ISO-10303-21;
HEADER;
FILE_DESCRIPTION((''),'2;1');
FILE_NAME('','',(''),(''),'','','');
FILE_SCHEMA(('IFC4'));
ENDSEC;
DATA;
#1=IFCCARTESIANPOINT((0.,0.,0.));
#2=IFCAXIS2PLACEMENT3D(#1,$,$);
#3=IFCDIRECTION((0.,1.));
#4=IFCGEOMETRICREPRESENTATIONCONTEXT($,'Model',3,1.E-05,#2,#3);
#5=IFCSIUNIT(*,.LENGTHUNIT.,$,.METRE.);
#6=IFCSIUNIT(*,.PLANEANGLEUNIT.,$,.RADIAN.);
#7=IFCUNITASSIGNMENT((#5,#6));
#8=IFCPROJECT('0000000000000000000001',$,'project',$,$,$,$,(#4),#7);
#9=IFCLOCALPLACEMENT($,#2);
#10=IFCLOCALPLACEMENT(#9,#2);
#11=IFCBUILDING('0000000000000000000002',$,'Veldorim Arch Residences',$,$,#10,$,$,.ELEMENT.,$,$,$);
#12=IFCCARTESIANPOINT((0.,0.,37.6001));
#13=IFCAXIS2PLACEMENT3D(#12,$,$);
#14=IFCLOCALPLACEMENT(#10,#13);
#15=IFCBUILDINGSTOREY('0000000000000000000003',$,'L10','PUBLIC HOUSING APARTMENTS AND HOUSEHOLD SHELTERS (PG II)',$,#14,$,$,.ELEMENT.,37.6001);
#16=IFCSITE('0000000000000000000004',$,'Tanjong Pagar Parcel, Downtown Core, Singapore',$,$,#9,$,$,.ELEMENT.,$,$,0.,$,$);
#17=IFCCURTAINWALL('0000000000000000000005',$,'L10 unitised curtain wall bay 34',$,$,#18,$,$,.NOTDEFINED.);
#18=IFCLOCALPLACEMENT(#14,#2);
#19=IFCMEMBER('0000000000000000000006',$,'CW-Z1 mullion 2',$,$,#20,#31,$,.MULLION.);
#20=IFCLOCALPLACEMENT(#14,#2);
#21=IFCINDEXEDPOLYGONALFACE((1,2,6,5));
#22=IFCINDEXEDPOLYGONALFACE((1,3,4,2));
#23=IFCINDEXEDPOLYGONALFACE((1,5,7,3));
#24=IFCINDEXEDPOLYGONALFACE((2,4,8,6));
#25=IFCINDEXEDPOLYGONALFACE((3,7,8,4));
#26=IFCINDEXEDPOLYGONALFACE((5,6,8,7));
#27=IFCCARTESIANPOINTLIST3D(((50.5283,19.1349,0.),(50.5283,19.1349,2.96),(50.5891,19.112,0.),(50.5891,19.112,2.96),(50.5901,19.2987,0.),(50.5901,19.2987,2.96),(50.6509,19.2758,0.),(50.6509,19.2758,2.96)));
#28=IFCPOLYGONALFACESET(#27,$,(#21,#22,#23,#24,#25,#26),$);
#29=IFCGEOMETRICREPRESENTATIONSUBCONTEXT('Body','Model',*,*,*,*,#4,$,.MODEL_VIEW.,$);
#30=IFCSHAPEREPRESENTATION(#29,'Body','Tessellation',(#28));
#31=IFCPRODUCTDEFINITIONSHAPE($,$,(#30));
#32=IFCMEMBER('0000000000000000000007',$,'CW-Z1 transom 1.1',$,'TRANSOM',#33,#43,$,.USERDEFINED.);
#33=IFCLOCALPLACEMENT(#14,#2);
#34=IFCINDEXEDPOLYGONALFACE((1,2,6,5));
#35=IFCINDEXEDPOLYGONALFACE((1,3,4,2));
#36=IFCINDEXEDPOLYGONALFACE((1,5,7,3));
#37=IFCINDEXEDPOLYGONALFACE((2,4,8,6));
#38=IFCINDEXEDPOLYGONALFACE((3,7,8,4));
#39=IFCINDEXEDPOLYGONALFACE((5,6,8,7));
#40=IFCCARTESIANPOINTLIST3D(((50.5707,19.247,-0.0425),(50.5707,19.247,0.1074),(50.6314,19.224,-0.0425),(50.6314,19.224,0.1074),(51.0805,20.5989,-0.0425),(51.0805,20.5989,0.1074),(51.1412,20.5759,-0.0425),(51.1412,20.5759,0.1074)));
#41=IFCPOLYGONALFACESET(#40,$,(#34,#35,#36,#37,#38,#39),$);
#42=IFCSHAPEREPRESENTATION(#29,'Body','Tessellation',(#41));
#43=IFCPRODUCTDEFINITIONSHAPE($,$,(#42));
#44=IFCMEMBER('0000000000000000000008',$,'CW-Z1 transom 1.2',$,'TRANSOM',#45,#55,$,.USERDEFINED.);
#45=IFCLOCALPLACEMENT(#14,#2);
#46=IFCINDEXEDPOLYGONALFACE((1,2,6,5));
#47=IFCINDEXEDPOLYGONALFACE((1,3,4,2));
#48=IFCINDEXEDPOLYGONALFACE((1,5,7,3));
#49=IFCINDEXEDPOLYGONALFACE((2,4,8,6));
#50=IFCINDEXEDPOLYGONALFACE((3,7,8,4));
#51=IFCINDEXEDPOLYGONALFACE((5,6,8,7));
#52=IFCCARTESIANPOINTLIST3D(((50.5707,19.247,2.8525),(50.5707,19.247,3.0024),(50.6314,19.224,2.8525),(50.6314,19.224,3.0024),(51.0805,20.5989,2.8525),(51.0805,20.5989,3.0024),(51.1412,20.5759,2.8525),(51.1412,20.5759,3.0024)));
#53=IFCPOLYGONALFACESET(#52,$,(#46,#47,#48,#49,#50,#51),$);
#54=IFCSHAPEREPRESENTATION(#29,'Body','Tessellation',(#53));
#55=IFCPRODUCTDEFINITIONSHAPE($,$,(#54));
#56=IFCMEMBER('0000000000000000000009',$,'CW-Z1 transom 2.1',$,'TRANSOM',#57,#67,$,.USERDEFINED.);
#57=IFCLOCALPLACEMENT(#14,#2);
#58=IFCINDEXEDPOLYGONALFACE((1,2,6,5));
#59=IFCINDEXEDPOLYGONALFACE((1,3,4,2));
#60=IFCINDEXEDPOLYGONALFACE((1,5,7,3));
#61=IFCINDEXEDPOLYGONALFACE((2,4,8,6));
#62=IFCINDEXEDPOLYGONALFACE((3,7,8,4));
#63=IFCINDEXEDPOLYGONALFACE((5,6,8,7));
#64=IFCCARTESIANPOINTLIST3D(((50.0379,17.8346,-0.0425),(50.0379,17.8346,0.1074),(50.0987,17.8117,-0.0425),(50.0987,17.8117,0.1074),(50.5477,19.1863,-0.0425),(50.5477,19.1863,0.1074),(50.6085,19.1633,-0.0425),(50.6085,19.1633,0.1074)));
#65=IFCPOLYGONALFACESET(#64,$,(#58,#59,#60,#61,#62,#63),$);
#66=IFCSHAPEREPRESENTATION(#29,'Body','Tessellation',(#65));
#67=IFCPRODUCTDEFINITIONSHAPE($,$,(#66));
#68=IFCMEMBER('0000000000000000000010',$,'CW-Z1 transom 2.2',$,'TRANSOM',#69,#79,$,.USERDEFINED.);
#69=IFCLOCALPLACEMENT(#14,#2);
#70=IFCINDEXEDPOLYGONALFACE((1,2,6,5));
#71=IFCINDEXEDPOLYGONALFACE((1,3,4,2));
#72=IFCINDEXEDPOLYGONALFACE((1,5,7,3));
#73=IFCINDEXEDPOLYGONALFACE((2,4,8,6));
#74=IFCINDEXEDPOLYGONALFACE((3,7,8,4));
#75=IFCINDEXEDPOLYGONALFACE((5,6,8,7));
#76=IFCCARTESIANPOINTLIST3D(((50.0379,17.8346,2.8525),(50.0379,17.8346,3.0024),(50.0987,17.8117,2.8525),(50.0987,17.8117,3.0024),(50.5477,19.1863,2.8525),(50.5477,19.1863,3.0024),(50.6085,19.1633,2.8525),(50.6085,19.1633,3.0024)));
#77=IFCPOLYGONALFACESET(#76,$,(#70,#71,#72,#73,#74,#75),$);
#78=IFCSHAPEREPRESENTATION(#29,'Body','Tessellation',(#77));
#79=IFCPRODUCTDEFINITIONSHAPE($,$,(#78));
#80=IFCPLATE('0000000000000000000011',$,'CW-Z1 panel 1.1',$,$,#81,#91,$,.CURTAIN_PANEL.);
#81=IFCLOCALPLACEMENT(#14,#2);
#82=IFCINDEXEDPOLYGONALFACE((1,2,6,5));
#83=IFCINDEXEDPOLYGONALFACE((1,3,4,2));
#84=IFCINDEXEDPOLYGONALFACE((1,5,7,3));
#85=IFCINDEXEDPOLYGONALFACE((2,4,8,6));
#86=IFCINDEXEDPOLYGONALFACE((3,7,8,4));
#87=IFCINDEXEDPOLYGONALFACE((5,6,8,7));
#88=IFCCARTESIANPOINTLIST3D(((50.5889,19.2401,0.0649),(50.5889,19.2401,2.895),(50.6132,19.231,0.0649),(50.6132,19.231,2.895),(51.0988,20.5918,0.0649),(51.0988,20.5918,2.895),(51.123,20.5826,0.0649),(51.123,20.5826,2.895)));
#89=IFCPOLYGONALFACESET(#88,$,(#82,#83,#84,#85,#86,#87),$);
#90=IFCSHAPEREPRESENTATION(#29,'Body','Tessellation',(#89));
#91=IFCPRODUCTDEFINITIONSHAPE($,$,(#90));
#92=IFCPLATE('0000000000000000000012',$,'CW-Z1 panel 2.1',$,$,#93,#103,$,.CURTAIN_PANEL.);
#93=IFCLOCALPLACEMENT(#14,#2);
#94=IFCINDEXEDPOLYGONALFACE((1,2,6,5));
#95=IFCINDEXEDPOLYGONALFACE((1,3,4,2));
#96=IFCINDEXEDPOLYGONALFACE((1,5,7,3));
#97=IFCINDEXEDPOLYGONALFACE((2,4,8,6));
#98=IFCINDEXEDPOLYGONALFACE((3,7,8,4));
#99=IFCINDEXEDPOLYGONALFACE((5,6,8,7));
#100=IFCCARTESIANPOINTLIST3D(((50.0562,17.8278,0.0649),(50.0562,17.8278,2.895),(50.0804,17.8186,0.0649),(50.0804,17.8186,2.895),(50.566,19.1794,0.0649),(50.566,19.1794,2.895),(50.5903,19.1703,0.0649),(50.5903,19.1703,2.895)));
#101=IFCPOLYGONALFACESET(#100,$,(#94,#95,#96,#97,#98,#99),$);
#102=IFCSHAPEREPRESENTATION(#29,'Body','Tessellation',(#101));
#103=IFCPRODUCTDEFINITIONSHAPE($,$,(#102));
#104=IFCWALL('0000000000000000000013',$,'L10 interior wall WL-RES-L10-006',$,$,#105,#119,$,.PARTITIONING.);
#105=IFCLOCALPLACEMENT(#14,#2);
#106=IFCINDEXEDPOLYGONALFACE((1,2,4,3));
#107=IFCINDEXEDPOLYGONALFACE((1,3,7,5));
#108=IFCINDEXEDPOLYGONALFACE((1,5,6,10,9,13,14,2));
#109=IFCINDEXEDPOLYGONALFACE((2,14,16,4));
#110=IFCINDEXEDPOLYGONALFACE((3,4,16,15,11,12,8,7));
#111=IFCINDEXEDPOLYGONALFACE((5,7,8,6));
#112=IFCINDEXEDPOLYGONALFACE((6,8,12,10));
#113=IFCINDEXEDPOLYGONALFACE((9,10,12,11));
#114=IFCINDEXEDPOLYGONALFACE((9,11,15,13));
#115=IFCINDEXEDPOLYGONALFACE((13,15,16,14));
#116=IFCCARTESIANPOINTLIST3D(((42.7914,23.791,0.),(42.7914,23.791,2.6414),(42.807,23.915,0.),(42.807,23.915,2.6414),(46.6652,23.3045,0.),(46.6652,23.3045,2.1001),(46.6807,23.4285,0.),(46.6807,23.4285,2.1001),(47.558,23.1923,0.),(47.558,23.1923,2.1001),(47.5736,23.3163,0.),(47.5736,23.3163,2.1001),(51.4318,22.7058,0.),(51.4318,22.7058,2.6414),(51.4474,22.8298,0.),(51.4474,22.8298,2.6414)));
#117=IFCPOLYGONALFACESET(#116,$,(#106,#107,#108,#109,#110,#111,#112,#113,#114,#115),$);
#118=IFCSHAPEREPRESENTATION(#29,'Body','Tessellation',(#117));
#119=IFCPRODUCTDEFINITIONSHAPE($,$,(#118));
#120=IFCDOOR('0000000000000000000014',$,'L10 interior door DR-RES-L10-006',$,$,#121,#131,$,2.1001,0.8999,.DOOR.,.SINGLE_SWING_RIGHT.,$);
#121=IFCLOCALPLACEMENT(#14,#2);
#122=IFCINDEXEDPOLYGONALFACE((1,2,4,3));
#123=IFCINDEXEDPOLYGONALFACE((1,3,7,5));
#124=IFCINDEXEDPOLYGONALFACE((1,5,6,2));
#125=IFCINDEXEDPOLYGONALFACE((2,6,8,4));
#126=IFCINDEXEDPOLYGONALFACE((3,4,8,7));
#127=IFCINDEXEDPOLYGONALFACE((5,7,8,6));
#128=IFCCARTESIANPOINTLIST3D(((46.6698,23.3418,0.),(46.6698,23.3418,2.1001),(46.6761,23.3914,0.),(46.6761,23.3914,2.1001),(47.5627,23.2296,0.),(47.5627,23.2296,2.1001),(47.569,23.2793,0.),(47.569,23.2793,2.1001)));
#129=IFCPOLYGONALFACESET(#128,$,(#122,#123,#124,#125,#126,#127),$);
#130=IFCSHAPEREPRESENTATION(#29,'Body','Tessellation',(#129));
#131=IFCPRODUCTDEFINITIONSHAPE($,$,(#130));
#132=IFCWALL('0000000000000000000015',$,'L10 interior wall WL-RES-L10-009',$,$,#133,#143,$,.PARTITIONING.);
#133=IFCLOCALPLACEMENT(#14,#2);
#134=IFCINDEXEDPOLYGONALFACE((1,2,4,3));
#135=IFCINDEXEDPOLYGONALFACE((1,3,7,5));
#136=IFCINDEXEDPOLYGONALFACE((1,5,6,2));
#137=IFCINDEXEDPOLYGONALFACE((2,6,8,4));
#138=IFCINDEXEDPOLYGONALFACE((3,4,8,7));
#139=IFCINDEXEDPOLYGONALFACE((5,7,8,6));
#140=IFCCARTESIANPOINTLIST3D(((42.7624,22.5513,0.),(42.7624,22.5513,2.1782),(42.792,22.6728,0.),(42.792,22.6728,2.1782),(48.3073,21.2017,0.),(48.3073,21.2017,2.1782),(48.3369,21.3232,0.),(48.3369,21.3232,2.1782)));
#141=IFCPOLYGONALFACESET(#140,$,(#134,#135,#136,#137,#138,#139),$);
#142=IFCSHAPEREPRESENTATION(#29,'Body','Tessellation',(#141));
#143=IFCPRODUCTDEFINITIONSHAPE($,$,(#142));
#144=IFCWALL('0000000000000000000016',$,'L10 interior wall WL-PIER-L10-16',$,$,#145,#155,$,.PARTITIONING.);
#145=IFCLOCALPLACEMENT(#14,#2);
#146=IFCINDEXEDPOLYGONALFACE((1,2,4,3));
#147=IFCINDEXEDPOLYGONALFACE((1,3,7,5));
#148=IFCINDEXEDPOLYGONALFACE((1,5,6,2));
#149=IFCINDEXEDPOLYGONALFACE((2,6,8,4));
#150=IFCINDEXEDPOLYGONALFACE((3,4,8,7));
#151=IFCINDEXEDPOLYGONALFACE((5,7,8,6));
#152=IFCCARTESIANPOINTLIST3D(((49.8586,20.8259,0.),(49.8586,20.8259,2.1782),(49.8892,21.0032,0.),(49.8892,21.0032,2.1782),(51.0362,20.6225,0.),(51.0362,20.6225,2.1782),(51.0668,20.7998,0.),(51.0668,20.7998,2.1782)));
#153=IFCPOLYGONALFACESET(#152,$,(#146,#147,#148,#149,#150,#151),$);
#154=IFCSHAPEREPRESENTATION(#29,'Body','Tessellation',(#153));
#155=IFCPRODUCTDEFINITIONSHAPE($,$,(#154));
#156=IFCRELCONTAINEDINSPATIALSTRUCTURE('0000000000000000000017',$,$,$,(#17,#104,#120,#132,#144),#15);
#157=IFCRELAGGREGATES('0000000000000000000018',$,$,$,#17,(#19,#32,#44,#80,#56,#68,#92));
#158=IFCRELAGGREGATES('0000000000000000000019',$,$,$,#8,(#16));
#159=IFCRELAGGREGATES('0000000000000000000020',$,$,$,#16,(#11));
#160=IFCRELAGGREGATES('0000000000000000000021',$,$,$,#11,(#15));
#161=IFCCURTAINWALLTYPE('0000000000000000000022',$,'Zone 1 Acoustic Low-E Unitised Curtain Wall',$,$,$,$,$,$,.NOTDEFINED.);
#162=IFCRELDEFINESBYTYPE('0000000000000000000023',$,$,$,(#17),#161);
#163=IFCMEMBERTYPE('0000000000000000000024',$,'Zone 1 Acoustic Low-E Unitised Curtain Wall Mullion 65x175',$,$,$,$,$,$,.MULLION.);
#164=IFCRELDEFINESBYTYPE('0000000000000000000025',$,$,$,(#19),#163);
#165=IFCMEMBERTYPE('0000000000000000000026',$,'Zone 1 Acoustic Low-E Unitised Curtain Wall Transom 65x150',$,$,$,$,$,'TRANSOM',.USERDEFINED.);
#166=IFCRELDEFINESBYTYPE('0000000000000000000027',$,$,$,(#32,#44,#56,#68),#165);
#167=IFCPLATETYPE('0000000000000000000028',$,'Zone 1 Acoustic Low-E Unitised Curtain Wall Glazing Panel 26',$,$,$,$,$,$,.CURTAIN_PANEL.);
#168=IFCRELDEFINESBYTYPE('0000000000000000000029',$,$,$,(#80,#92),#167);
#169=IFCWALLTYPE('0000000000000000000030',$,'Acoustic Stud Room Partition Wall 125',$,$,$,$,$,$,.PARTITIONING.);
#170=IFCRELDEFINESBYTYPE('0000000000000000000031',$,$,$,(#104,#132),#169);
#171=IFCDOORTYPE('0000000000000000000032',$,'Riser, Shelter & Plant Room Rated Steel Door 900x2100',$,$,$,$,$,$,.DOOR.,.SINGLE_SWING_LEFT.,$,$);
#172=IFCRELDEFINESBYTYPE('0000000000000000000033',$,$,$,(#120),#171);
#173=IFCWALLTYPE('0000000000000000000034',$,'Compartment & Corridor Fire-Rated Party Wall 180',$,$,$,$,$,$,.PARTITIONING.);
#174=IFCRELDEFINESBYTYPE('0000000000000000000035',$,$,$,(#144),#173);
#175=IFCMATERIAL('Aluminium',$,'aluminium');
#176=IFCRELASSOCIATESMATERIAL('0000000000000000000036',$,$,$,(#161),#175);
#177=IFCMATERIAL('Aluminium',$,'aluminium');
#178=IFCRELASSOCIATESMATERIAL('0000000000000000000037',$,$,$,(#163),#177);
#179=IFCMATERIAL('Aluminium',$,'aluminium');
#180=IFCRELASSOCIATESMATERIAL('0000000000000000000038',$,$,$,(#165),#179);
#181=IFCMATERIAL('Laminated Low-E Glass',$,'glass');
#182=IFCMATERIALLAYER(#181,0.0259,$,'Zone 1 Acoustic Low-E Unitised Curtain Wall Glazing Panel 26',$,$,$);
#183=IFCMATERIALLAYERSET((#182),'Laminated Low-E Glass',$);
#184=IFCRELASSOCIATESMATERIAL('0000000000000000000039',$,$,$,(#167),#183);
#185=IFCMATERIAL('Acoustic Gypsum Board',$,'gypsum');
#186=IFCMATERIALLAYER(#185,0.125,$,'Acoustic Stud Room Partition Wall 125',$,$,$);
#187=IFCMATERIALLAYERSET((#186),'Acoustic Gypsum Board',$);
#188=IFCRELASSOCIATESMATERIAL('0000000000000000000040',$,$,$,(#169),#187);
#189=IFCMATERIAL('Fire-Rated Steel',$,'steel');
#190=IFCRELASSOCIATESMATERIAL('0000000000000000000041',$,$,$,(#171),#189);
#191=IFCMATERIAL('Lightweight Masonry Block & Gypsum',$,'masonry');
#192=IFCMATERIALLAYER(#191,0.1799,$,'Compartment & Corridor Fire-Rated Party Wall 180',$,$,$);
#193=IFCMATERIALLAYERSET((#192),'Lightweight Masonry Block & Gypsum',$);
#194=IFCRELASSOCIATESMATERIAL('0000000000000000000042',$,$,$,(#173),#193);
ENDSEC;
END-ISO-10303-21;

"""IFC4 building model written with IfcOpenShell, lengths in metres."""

from ifc_helpers import new_model, si_unit, direction, frame, frame_2d, origin, origin_2d, place, context, subcontext, project, spatial, rectangle, extrude, material, layer, layer_set, material_profile, profile_set, type_object, element, fill, aggregate, save


model = new_model("IFC4")

# Units and contexts
model_context = context("Model", 3, precision=1e-05, world=origin(), true_north=direction((0.0, 1.0)))
body_context = subcontext(model_context, "Body", "Model", "MODEL_VIEW")
ifc_project = project(units=[si_unit("LENGTHUNIT", "METRE"), si_unit("PLANEANGLEUNIT", "RADIAN")], contexts=[model_context])

# Site, building, storey
site_placement = place(None, origin())
site = spatial("IfcSite", under=ifc_project, at=site_placement, Name="Tanjong Pagar Parcel, Downtown Core, Singapore", CompositionType="ELEMENT", RefElevation=0.0)
building_placement = place(site_placement, origin())
building = spatial("IfcBuilding", under=site, at=building_placement, Name="Veldorim Arch Residences", CompositionType="ELEMENT")
storey_placement = place(building_placement, frame((0.0, 0.0, 37.6001)))
storey = spatial("IfcBuildingStorey", under=building, at=storey_placement, Name="L10", Description="PUBLIC HOUSING APARTMENTS AND HOUSEHOLD SHELTERS (PG II)", CompositionType="ELEMENT", Elevation=37.6001)

# Curtain wall, members, plates
ifc_material_1 = material(Name="Aluminium", Category="aluminium")
curtain_wall_type = type_object("IfcCurtainWallType", Name="Zone 1 Acoustic Low-E Unitised Curtain Wall", PredefinedType="NOTDEFINED", material=ifc_material_1)
curtain_wall_placement = place(storey_placement, origin())
curtain_wall = element("IfcCurtainWall", 1, at=curtain_wall_placement, inside=storey, type_object=curtain_wall_type, Name="L10 unitised curtain wall bay 34", PredefinedType="NOTDEFINED")
ifc_material_2 = material(Name="Aluminium", Category="aluminium")
ifc_material_profile_1 = material_profile(ifc_material_2, rectangle(XDim=0.0649, YDim=0.175, at=origin_2d()), Name="ALU_MUL_65x175")
ifc_profile_set_1 = profile_set([ifc_material_profile_1], Name="Aluminium")
member_type_1 = type_object("IfcMemberType", Name="Zone 1 Acoustic Low-E Unitised Curtain Wall Mullion 65x175", PredefinedType="MULLION", material=ifc_profile_set_1)
member_1_placement = place(storey_placement, frame((50.5896, 19.2053, 0.0), z_axis=(0.0, 0.0, 1.0), x_axis=(0.935656, -0.352914, 0.0)))
member_1 = element("IfcMember", 2, at=member_1_placement, type_object=member_type_1, Name="CW-Z1 mullion 2", PredefinedType="MULLION", context=body_context, shape_type="SweptSolid", body=[
    extrude(rectangle(XDim=0.0649, YDim=0.175, at=origin_2d()), origin(), (0.0, 0.0, 1.0), 2.96),
])
ifc_material_3 = material(Name="Aluminium", Category="aluminium")
ifc_material_profile_2 = material_profile(ifc_material_3, rectangle(XDim=0.0649, YDim=0.1499, at=origin_2d()), Name="ALU_TRN_65x150")
ifc_profile_set_2 = profile_set([ifc_material_profile_2], Name="Aluminium")
member_type_2 = type_object("IfcMemberType", Name="Zone 1 Acoustic Low-E Unitised Curtain Wall Transom 65x150", ElementType="TRANSOM", PredefinedType="USERDEFINED", material=ifc_profile_set_2)
member_2_placement = place(storey_placement, frame((51.1108, 20.5874, 0.0325), z_axis=(-0.352845, -0.935682, 0.0), x_axis=(0.935682, -0.352845, 0.0)))
member_2 = element("IfcMember", 3, at=member_2_placement, type_object=member_type_2, Name="CW-Z1 transom 1.1", ObjectType="TRANSOM", PredefinedType="USERDEFINED", context=body_context, shape_type="SweptSolid", body=[
    extrude(rectangle(XDim=0.0649, YDim=0.1499, at=origin_2d()), origin(), (0.0, 0.0, 1.0), 1.4448),
])
member_3_placement = place(storey_placement, frame((51.1108, 20.5874, 2.9275), z_axis=(-0.352845, -0.935682, 0.0), x_axis=(0.935682, -0.352845, 0.0)))
member_3 = element("IfcMember", 4, at=member_3_placement, type_object=member_type_2, Name="CW-Z1 transom 1.2", ObjectType="TRANSOM", PredefinedType="USERDEFINED", context=body_context, shape_type="SweptSolid", body=[
    extrude(rectangle(XDim=0.0649, YDim=0.1499, at=origin_2d()), origin(), (0.0, 0.0, 1.0), 1.4448),
])
member_4_placement = place(storey_placement, frame((50.5781, 19.1748, 0.0325), z_axis=(-0.352901, -0.935661, 0.0), x_axis=(0.935661, -0.352901, 0.0)))
member_4 = element("IfcMember", 5, at=member_4_placement, type_object=member_type_2, Name="CW-Z1 transom 2.1", ObjectType="TRANSOM", PredefinedType="USERDEFINED", context=body_context, shape_type="SweptSolid", body=[
    extrude(rectangle(XDim=0.0649, YDim=0.1499, at=origin_2d()), origin(), (0.0, 0.0, 1.0), 1.4446),
])
member_5_placement = place(storey_placement, frame((50.5781, 19.1748, 2.9275), z_axis=(-0.352901, -0.935661, 0.0), x_axis=(0.935661, -0.352901, 0.0)))
member_5 = element("IfcMember", 6, at=member_5_placement, type_object=member_type_2, Name="CW-Z1 transom 2.2", ObjectType="TRANSOM", PredefinedType="USERDEFINED", context=body_context, shape_type="SweptSolid", body=[
    extrude(rectangle(XDim=0.0649, YDim=0.1499, at=origin_2d()), origin(), (0.0, 0.0, 1.0), 1.4446),
])
ifc_material_4 = material(Name="Laminated Low-E Glass", Category="glass")
ifc_layer_1 = layer(ifc_material_4, 0.0259, Name="Zone 1 Acoustic Low-E Unitised Curtain Wall Glazing Panel 26")
ifc_layer_set_1 = layer_set([ifc_layer_1], Name="Laminated Low-E Glass")
plate_type = type_object("IfcPlateType", Name="Zone 1 Acoustic Low-E Unitised Curtain Wall Glazing Panel 26", PredefinedType="CURTAIN_PANEL", material=ifc_layer_set_1)
plate_1_placement = place(storey_placement, frame((50.856, 19.9114, 0.0649), z_axis=(0.0, 0.0, 1.0), x_axis=(-0.352914, -0.935656, 0.0)))
plate_1 = element("IfcPlate", 7, at=plate_1_placement, type_object=plate_type, Name="CW-Z1 panel 1.1", PredefinedType="CURTAIN_PANEL", context=body_context, shape_type="SweptSolid", body=[
    extrude(rectangle(XDim=1.4446, YDim=0.0259, at=origin_2d()), origin(), (0.0, 0.0, 1.0), 2.8301),
])
plate_2_placement = place(storey_placement, frame((50.3232, 18.499, 0.0649), z_axis=(0.0, 0.0, 1.0), x_axis=(-0.352914, -0.935656, 0.0)))
plate_2 = element("IfcPlate", 8, at=plate_2_placement, type_object=plate_type, Name="CW-Z1 panel 2.1", PredefinedType="CURTAIN_PANEL", context=body_context, shape_type="SweptSolid", body=[
    extrude(rectangle(XDim=1.4446, YDim=0.0259, at=origin_2d()), origin(), (0.0, 0.0, 1.0), 2.8301),
])
aggregate(curtain_wall, [member_1, member_2, member_3, plate_1, member_4, member_5, plate_2])

# Wall, opening, door
ifc_material_5 = material(Name="Acoustic Gypsum Board", Category="gypsum")
ifc_layer_2 = layer(ifc_material_5, 0.125, Name="Acoustic Stud Room Partition Wall 125")
ifc_layer_set_2 = layer_set([ifc_layer_2], Name="Acoustic Gypsum Board")
wall_type_1 = type_object("IfcWallType", Name="Acoustic Stud Room Partition Wall 125", PredefinedType="PARTITIONING", material=ifc_layer_set_2)
wall_1_placement = place(storey_placement, frame((51.4395, 22.7678, 0.0), z_axis=(0.0, 0.0, 1.0), x_axis=(-0.992205, 0.124618, 0.0)))
wall_1 = element("IfcWall", 9, at=wall_1_placement, inside=storey, type_object=wall_type_1, Name="L10 interior wall WL-RES-L10-006", PredefinedType="PARTITIONING", context=body_context, shape_type="SweptSolid", body=[
    extrude(rectangle(XDim=8.7083, YDim=0.125, at=frame_2d((4.354, 0.0))), origin(), (0.0, 0.0, 1.0), 2.6414),
])
opening_1_placement = place(wall_1_placement, frame((3.9041, 0.0, 0.0)))
opening_1 = element("IfcOpeningElement", 10, at=opening_1_placement, cuts=wall_1, PredefinedType="OPENING", context=body_context, shape_type="SweptSolid", body=[
    extrude(rectangle(XDim=0.8999, YDim=2.1001, at=frame_2d((0.45, 1.05))), frame((0.0, 0.0725, 0.0), z_axis=(0.0, -1.0, 0.0), x_axis=(1.0, 0.0, 0.0)), (0.0, 0.0, 1.0), 0.145),
])
ifc_material_6 = material(Name="Fire-Rated Steel", Category="steel")
door_type_1 = type_object("IfcDoorType", Name="Riser, Shelter & Plant Room Rated Steel Door 900x2100", OperationType="SINGLE_SWING_LEFT", PredefinedType="DOOR", material=ifc_material_6)
door_1_placement = place(opening_1_placement, origin())
door_1 = element("IfcDoor", 11, at=door_1_placement, inside=storey, type_object=door_type_1, Name="L10 interior door DR-RES-L10-006", OperationType="SINGLE_SWING_RIGHT", OverallHeight=2.1001, OverallWidth=0.8999, PredefinedType="DOOR", context=body_context, shape_type="SweptSolid", body=[
    extrude(rectangle(XDim=0.8999, YDim=2.1001, at=frame_2d((0.45, 1.05))), frame((0.0, 0.0249, 0.0), z_axis=(0.0, -1.0, 0.0), x_axis=(1.0, 0.0, 0.0)), (0.0, 0.0, 1.0), 0.05),
])
fill(opening_1, door_1)

# Walls
wall_2_placement = place(storey_placement, frame((42.7771, 22.6121, 0.0), z_axis=(0.0, 0.0, 1.0), x_axis=(0.971634, -0.236491, 0.0)))
element("IfcWall", 12, at=wall_2_placement, inside=storey, type_object=wall_type_1, Name="L10 interior wall WL-RES-L10-009", PredefinedType="PARTITIONING", context=body_context, shape_type="SweptSolid", body=[
    extrude(rectangle(XDim=5.7068, YDim=0.125, at=frame_2d((2.8535, 0.0))), origin(), (0.0, 0.0, 1.0), 2.1782),
])
ifc_material_7 = material(Name="Lightweight Masonry Block & Gypsum", Category="masonry")
ifc_layer_3 = layer(ifc_material_7, 0.1799, Name="Compartment & Corridor Fire-Rated Party Wall 180")
ifc_layer_set_3 = layer_set([ifc_layer_3], Name="Lightweight Masonry Block & Gypsum")
wall_type_2 = type_object("IfcWallType", Name="Compartment & Corridor Fire-Rated Party Wall 180", PredefinedType="PARTITIONING", material=ifc_layer_set_3)
wall_3_placement = place(storey_placement, frame((49.8738, 20.9146, 0.0), z_axis=(0.0, 0.0, 1.0), x_axis=(0.985416, -0.17016, 0.0)))
element("IfcWall", 13, at=wall_3_placement, inside=storey, type_object=wall_type_2, Name="L10 interior wall WL-PIER-L10-16", PredefinedType="PARTITIONING", context=body_context, shape_type="SweptSolid", body=[
    extrude(rectangle(XDim=1.1951, YDim=0.1799, at=frame_2d((0.5977, 0.0))), origin(), (0.0, 0.0, 1.0), 2.1782),
])

save(model, "model.ifc")
